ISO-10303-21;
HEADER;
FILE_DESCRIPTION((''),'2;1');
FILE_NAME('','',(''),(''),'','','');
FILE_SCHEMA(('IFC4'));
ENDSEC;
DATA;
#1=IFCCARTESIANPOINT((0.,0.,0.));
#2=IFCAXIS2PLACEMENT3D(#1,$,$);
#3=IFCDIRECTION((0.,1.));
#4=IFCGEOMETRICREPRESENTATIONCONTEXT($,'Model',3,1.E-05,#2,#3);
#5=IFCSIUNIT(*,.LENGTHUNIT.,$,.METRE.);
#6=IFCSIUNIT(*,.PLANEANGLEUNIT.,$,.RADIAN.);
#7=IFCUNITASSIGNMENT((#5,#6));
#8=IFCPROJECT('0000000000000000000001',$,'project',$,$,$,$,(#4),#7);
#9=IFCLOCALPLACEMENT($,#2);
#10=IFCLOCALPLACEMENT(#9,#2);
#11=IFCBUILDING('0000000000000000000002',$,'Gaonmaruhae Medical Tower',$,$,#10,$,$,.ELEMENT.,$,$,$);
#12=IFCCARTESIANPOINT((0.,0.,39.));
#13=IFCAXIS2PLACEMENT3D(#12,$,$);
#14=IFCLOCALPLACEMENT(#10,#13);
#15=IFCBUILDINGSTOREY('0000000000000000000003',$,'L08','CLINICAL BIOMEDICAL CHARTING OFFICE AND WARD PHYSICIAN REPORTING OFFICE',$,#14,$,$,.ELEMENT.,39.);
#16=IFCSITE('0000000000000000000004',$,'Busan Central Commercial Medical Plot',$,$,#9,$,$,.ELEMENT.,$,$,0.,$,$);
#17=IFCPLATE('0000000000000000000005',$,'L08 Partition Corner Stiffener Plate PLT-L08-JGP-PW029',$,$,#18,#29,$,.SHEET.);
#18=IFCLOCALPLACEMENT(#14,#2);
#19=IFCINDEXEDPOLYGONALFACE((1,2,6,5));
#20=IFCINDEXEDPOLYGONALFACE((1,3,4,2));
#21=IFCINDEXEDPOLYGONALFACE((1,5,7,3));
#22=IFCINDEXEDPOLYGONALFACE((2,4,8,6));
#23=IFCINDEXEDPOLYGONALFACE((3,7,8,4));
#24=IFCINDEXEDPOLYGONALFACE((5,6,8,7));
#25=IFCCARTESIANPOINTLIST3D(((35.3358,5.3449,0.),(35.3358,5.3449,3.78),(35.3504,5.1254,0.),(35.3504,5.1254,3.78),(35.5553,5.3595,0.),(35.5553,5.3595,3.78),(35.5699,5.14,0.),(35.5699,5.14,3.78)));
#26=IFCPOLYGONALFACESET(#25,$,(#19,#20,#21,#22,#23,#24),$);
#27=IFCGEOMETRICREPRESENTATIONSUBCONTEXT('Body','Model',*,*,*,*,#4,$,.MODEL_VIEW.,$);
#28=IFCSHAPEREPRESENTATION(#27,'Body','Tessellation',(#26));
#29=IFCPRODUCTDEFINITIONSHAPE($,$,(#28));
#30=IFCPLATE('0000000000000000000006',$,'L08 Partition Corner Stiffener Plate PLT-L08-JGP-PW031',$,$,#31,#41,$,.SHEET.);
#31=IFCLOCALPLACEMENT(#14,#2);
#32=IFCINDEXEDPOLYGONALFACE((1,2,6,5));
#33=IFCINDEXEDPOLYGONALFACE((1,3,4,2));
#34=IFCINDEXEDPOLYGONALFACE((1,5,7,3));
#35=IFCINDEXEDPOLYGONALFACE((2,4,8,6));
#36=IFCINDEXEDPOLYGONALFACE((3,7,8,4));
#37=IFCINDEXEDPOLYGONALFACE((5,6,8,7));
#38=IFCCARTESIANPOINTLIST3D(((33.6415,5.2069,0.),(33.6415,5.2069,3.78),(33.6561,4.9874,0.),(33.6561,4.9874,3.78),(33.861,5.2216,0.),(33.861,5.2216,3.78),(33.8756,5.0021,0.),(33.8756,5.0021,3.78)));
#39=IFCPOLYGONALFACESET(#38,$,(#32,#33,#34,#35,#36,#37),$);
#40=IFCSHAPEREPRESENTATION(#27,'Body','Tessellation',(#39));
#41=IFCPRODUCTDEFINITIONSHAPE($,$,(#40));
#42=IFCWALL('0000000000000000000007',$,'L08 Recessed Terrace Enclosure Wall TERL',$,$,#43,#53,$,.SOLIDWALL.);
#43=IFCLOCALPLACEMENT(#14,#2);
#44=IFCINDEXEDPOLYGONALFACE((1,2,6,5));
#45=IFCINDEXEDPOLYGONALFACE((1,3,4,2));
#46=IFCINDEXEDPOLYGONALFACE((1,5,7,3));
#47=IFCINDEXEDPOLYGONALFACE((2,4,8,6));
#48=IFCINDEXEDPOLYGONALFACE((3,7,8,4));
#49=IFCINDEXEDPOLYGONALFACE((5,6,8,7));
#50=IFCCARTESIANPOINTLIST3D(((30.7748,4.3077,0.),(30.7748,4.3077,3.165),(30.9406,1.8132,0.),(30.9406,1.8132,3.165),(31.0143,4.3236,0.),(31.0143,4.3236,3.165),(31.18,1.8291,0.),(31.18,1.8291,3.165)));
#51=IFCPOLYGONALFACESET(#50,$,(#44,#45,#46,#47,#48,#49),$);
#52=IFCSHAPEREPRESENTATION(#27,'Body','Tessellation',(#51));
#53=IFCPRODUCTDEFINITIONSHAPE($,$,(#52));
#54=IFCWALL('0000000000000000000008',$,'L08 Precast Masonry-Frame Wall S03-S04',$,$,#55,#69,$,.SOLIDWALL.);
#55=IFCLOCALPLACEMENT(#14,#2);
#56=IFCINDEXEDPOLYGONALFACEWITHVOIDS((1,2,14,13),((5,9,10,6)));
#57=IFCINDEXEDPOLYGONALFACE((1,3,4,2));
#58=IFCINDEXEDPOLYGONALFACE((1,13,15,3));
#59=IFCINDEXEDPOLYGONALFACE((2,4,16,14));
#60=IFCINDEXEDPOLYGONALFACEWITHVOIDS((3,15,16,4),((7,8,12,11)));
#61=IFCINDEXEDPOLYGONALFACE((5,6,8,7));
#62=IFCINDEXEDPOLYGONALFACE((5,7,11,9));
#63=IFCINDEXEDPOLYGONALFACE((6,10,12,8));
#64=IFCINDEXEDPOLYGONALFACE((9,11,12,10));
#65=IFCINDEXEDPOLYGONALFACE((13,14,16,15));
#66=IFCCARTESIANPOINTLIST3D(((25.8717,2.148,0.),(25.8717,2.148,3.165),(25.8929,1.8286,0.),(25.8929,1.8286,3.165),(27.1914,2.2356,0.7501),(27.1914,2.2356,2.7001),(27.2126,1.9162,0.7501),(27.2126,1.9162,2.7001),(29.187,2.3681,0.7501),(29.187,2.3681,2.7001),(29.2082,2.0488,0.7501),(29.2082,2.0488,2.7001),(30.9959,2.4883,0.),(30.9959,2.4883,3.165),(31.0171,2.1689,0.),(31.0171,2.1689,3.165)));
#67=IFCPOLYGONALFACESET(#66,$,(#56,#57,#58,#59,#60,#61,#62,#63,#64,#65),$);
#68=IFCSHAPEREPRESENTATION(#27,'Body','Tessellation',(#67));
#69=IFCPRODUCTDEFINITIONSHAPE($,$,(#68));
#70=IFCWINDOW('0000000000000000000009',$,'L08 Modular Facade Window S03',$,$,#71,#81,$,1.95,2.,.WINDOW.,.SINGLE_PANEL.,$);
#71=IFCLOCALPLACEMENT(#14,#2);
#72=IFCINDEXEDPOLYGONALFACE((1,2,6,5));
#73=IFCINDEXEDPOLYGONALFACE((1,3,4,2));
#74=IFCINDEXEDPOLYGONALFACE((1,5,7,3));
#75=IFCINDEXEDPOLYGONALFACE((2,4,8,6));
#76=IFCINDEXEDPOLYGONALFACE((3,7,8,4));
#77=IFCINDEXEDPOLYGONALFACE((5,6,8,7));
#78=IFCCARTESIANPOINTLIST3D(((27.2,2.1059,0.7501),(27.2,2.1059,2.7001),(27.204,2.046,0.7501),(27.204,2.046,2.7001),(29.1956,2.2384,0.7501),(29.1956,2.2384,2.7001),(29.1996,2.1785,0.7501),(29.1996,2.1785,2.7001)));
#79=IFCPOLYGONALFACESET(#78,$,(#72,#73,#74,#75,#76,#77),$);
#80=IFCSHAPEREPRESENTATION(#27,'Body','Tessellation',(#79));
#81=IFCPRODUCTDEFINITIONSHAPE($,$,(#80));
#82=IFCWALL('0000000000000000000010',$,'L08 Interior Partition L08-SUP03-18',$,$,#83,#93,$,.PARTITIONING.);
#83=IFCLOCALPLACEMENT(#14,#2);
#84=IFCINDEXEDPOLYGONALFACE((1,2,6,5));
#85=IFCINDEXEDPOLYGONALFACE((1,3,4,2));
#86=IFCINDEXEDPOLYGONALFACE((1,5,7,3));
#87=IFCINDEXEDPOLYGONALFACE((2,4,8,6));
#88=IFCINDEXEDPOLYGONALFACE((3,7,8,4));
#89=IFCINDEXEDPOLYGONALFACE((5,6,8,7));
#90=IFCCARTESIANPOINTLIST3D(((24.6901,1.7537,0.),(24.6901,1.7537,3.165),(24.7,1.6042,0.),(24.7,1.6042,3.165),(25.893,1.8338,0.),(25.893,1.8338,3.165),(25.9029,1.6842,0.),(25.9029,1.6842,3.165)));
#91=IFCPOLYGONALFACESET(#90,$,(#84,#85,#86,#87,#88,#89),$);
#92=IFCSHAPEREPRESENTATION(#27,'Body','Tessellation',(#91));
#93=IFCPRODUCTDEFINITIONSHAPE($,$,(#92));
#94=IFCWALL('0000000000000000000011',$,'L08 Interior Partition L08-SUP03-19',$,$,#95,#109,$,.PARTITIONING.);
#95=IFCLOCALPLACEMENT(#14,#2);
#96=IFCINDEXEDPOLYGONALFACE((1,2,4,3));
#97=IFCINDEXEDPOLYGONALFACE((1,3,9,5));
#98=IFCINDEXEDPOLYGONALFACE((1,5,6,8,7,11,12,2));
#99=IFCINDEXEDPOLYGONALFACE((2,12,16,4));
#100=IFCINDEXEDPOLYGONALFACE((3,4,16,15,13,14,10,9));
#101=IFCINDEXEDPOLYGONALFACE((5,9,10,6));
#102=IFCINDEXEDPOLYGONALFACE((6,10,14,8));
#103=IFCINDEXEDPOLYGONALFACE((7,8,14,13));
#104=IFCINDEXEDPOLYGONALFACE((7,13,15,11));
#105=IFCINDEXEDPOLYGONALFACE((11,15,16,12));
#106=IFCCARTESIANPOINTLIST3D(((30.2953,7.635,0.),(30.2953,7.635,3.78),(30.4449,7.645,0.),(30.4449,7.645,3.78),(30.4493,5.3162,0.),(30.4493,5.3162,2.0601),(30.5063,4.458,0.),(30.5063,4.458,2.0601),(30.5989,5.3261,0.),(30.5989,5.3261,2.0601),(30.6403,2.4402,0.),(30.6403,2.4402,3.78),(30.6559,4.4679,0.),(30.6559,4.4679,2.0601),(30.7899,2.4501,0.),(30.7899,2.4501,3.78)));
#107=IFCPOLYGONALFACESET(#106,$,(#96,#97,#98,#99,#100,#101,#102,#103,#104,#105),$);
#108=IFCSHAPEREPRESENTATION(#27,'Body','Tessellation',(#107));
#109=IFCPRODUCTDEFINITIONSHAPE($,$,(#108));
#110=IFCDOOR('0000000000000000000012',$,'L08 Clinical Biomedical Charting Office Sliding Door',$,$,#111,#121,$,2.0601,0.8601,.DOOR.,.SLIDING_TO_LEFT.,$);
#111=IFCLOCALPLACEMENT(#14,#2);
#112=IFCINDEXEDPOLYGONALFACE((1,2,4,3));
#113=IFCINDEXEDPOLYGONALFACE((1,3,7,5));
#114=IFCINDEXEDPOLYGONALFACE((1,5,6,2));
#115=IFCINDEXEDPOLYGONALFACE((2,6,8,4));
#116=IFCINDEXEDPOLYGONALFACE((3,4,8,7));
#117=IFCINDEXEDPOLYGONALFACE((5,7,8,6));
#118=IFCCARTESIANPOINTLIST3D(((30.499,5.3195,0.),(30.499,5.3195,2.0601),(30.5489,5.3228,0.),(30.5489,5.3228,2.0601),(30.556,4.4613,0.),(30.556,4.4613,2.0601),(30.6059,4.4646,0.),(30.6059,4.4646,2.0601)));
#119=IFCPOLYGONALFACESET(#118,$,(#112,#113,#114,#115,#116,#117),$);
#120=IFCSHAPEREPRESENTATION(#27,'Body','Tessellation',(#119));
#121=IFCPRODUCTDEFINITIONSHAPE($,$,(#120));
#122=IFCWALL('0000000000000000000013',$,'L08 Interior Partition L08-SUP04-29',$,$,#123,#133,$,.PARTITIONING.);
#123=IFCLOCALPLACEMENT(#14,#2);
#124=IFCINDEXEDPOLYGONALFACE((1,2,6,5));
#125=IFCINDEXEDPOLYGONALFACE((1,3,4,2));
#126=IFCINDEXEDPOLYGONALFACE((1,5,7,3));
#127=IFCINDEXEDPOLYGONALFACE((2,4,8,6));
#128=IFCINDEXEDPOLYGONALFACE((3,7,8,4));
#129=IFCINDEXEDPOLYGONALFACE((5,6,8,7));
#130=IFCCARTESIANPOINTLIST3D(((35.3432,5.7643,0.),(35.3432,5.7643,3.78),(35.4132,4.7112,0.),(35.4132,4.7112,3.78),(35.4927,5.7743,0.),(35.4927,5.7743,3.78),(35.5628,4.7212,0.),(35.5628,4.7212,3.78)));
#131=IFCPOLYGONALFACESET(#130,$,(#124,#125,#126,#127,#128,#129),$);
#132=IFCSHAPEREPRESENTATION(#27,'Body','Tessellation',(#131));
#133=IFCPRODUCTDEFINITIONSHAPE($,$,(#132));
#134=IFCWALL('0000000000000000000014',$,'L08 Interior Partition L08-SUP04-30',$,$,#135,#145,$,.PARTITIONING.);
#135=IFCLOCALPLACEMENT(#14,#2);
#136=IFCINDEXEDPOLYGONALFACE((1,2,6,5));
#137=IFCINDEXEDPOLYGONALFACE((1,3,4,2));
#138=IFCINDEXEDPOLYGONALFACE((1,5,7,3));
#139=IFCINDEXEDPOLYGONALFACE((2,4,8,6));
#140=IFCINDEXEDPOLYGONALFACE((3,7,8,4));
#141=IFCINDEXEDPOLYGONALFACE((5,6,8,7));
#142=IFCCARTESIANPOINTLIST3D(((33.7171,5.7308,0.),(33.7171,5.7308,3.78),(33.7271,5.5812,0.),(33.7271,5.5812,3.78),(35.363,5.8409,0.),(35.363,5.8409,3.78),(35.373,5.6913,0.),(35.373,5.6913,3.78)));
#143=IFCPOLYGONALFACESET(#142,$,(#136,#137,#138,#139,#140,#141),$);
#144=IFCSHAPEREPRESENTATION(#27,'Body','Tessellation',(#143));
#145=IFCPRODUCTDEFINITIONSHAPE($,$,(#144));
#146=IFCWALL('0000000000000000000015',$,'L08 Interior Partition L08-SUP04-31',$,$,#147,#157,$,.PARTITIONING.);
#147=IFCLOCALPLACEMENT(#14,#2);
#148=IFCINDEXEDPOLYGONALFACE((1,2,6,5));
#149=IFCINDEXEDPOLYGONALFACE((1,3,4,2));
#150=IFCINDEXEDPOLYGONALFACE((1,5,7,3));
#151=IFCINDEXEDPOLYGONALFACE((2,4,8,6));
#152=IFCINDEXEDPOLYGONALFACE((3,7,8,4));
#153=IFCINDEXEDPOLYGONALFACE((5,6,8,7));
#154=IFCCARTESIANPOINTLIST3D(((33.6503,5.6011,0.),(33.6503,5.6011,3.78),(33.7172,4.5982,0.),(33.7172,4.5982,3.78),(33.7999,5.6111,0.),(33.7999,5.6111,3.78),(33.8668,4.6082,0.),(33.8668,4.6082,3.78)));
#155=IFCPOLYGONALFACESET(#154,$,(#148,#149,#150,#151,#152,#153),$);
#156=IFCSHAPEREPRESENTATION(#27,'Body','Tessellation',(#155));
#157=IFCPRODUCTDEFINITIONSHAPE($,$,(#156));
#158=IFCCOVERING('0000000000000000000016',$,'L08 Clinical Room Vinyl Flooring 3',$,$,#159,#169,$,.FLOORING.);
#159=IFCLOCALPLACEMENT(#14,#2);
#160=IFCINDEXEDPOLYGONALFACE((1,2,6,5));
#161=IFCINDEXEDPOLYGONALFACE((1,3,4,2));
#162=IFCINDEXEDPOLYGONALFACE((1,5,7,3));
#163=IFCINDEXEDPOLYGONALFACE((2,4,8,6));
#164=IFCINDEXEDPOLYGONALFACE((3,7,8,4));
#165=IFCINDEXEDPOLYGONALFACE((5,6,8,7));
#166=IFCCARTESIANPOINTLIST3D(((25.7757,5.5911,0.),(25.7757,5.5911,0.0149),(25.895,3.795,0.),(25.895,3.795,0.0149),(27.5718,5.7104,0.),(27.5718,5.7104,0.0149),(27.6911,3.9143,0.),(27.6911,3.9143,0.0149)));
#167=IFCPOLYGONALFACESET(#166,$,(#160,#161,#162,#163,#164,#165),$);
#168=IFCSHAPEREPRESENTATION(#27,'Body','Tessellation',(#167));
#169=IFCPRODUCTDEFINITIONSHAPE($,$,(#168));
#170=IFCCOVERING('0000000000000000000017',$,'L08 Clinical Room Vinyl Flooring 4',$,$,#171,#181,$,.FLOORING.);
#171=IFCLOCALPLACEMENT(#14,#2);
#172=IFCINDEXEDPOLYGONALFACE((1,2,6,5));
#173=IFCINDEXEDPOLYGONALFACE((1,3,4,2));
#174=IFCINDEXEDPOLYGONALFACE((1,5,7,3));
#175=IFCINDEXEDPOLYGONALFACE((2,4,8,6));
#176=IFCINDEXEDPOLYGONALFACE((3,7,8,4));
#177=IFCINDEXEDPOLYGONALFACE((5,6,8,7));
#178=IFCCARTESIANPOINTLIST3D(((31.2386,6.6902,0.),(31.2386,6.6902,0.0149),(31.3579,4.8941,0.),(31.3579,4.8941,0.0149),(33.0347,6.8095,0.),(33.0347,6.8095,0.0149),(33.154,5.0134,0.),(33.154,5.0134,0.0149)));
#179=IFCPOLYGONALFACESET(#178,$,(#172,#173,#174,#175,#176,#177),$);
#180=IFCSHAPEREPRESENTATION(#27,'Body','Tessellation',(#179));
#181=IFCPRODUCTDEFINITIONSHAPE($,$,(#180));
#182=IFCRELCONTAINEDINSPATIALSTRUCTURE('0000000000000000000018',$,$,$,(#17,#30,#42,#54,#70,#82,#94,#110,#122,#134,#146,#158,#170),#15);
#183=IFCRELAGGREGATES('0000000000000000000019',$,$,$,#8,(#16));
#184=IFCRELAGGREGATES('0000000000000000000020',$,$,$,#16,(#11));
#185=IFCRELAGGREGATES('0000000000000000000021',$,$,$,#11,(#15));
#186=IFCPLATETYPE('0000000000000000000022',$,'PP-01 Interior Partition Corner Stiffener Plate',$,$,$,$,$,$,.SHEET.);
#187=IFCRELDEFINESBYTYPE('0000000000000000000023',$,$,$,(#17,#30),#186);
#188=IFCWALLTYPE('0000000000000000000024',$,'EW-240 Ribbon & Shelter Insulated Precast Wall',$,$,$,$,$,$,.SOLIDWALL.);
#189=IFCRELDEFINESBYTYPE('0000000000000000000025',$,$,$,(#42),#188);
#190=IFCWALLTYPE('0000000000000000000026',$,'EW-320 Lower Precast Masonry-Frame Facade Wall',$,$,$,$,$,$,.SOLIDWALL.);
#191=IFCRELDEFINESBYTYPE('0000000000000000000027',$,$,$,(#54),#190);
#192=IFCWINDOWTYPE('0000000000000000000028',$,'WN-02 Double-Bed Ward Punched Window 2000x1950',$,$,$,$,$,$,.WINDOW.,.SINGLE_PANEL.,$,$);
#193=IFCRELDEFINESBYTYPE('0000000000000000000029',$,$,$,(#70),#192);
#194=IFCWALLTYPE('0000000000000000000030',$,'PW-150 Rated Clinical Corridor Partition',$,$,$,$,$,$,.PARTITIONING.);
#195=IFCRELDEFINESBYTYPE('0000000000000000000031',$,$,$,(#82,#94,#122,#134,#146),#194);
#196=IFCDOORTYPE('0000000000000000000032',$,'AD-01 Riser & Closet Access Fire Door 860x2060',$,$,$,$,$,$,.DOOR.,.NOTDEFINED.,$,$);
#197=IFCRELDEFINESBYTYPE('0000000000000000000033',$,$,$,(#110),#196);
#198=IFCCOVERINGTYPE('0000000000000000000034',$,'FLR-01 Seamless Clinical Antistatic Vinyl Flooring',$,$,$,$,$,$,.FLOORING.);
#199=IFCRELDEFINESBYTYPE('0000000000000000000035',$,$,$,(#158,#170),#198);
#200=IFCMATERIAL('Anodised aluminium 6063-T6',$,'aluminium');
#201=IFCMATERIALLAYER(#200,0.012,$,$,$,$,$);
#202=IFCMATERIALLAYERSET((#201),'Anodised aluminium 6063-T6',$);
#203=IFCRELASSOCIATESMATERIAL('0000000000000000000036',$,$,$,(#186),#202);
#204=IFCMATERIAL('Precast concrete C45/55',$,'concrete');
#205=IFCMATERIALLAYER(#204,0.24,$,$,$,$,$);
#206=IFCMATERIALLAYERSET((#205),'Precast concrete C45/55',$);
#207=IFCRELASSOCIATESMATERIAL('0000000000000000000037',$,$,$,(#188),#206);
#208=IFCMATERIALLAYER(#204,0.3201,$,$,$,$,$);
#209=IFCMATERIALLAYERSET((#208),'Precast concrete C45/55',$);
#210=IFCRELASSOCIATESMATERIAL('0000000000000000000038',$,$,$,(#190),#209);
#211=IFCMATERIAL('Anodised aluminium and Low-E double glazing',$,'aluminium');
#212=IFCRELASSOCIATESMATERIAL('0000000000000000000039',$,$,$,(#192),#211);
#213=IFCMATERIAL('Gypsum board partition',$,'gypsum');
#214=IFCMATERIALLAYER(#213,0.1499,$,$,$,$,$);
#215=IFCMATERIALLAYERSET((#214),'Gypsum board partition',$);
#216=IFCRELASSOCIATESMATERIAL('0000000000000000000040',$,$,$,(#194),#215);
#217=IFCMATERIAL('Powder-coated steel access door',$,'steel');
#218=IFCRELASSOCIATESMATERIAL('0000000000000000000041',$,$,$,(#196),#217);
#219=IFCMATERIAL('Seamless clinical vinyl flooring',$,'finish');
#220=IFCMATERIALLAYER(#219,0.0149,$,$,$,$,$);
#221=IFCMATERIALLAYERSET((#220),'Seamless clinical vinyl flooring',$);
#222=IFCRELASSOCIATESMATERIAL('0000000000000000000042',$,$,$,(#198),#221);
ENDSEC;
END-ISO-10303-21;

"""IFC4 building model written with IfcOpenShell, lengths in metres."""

from ifc_helpers import new_model, si_unit, direction, frame, frame_2d, origin, origin_2d, place, context, subcontext, project, spatial, rectangle, extrude, material, layer, layer_set, type_object, element, fill, save


model = new_model("IFC4")

# Units and contexts
model_context = context("Model", 3, precision=1e-05, world=origin(), true_north=direction((0.0, 1.0)))
body_context = subcontext(model_context, "Body", "Model", "MODEL_VIEW")
ifc_project = project(units=[si_unit("LENGTHUNIT", "METRE"), si_unit("PLANEANGLEUNIT", "RADIAN")], contexts=[model_context])

# Site, building, storey
site_placement = place(None, origin())
site = spatial("IfcSite", under=ifc_project, at=site_placement, Name="Busan Central Commercial Medical Plot", CompositionType="ELEMENT", RefElevation=0.0)
building_placement = place(site_placement, origin())
building = spatial("IfcBuilding", under=site, at=building_placement, Name="Gaonmaruhae Medical Tower", CompositionType="ELEMENT")
storey_placement = place(building_placement, frame((0.0, 0.0, 39.0)))
storey = spatial("IfcBuildingStorey", under=building, at=storey_placement, Name="L08", Description="CLINICAL BIOMEDICAL CHARTING OFFICE AND WARD PHYSICIAN REPORTING OFFICE", CompositionType="ELEMENT", Elevation=39.0)

# Plates
ifc_material_1 = material(Name="Anodised aluminium 6063-T6", Category="aluminium")
ifc_layer_1 = layer(ifc_material_1, 0.012)
ifc_layer_set_1 = layer_set([ifc_layer_1], Name="Anodised aluminium 6063-T6")
plate_type = type_object("IfcPlateType", Name="PP-01 Interior Partition Corner Stiffener Plate", PredefinedType="SHEET", material=ifc_layer_set_1)
for number, where, z_axis, x_axis, name in (
    (1, (35.4529, 5.2424, 0.0), (0.0, 0.0, 1.0), (-0.066326, 0.997798, 0.0), "L08 Partition Corner Stiffener Plate PLT-L08-JGP-PW029"),
    (2, (33.7585, 5.1045, 0.0), (0.0, 0.0, 1.0), (0.066657, -0.997776, 0.0), "L08 Partition Corner Stiffener Plate PLT-L08-JGP-PW031"),
):
    element("IfcPlate", number, at=place(storey_placement, frame(where, z_axis=z_axis, x_axis=x_axis)), inside=storey, type_object=plate_type, Name=name, PredefinedType="SHEET", context=body_context, shape_type="SweptSolid", body=[
        extrude(rectangle(XDim=0.22, YDim=0.22, at=origin_2d()), origin(), (0.0, 0.0, 1.0), 3.78),
    ])

# Wall
ifc_material_2 = material(Name="Precast concrete C45/55", Category="concrete")
ifc_layer_2 = layer(ifc_material_2, 0.24)
ifc_layer_set_2 = layer_set([ifc_layer_2], Name="Precast concrete C45/55")
wall_type_1 = type_object("IfcWallType", Name="EW-240 Ribbon & Shelter Insulated Precast Wall", PredefinedType="SOLIDWALL", material=ifc_layer_set_2)
wall_1_placement = place(storey_placement, frame((30.8945, 4.3157, 0.0), z_axis=(0.0, 0.0, 1.0), x_axis=(0.066312, -0.997799, 0.0)))
element("IfcWall", 3, at=wall_1_placement, inside=storey, type_object=wall_type_1, Name="L08 Recessed Terrace Enclosure Wall TERL", PredefinedType="SOLIDWALL", context=body_context, shape_type="SweptSolid", body=[
    extrude(rectangle(XDim=2.5, YDim=0.24, at=frame_2d((1.25, 0.0))), origin(), (0.0, 0.0, 1.0), 3.165),
])

# Wall, opening, window
ifc_layer_3 = layer(ifc_material_2, 0.3201)
ifc_layer_set_3 = layer_set([ifc_layer_3], Name="Precast concrete C45/55")
wall_type_2 = type_object("IfcWallType", Name="EW-320 Lower Precast Masonry-Frame Facade Wall", PredefinedType="SOLIDWALL", material=ifc_layer_set_3)
wall_2_placement = place(storey_placement, frame((31.0066, 2.3286, 0.0), z_axis=(0.0, 0.0, 1.0), x_axis=(-0.997802, -0.06627, 0.0)))
wall_2 = element("IfcWall", 4, at=wall_2_placement, inside=storey, type_object=wall_type_2, Name="L08 Precast Masonry-Frame Wall S03-S04", PredefinedType="SOLIDWALL", context=body_context, shape_type="SweptSolid", body=[
    extrude(rectangle(XDim=5.1355, YDim=0.3201, at=frame_2d((2.5679, 0.0))), origin(), (0.0, 0.0, 1.0), 3.165),
])
opening_1_placement = place(wall_2_placement, frame((1.813, 0.0, 0.75)))
opening_1 = element("IfcOpeningElement", 5, at=opening_1_placement, cuts=wall_2, PredefinedType="OPENING", context=body_context, shape_type="SweptSolid", body=[
    extrude(rectangle(XDim=2.0, YDim=1.95, at=frame_2d((1.0, 0.9751))), frame((0.0, 0.1699, 0.0), z_axis=(0.0, -1.0, 0.0), x_axis=(1.0, 0.0, 0.0)), (0.0, 0.0, 1.0), 0.3401),
])
ifc_material_3 = material(Name="Anodised aluminium and Low-E double glazing", Category="aluminium")
window_type = type_object("IfcWindowType", Name="WN-02 Double-Bed Ward Punched Window 2000x1950", PartitioningType="SINGLE_PANEL", PredefinedType="WINDOW", material=ifc_material_3)
window_placement = place(opening_1_placement, origin())
window = element("IfcWindow", 6, at=window_placement, inside=storey, type_object=window_type, Name="L08 Modular Facade Window S03", OverallHeight=1.95, OverallWidth=2.0, PartitioningType="SINGLE_PANEL", PredefinedType="WINDOW", context=body_context, shape_type="SweptSolid", body=[
    extrude(rectangle(XDim=2.0, YDim=1.95, at=frame_2d((1.0, 0.9751))), frame((0.0, 0.03, 0.0), z_axis=(0.0, -1.0, 0.0), x_axis=(1.0, 0.0, 0.0)), (0.0, 0.0, 1.0), 0.0601),
])
fill(opening_1, window)

# Wall
ifc_material_4 = material(Name="Gypsum board partition", Category="gypsum")
ifc_layer_4 = layer(ifc_material_4, 0.1499)
ifc_layer_set_4 = layer_set([ifc_layer_4], Name="Gypsum board partition")
wall_type_3 = type_object("IfcWallType", Name="PW-150 Rated Clinical Corridor Partition", PredefinedType="PARTITIONING", material=ifc_layer_set_4)
wall_3_placement = place(storey_placement, frame((25.8979, 1.759, 0.0), z_axis=(0.0, 0.0, 1.0), x_axis=(-0.997791, -0.066425, 0.0)))
element("IfcWall", 7, at=wall_3_placement, inside=storey, type_object=wall_type_3, Name="L08 Interior Partition L08-SUP03-18", PredefinedType="PARTITIONING", context=body_context, shape_type="SweptSolid", body=[
    extrude(rectangle(XDim=1.2056, YDim=0.1499, at=frame_2d((0.6028, 0.0))), origin(), (0.0, 0.0, 1.0), 3.165),
])

# Wall, opening, door
wall_4_placement = place(storey_placement, frame((30.3701, 7.6399, 0.0), z_axis=(0.0, 0.0, 1.0), x_axis=(0.066261, -0.997802, 0.0)))
wall_4 = element("IfcWall", 8, at=wall_4_placement, inside=storey, type_object=wall_type_3, Name="L08 Interior Partition L08-SUP03-19", PredefinedType="PARTITIONING", context=body_context, shape_type="SweptSolid", body=[
    extrude(rectangle(XDim=5.2063, YDim=0.1499, at=frame_2d((2.603, 0.0))), origin(), (0.0, 0.0, 1.0), 3.78),
])
opening_2_placement = place(wall_4_placement, frame((2.3237, 0.0, 0.0)))
opening_2 = element("IfcOpeningElement", 9, at=opening_2_placement, cuts=wall_4, PredefinedType="OPENING", context=body_context, shape_type="SweptSolid", body=[
    extrude(rectangle(XDim=0.8601, YDim=2.0601, at=frame_2d((0.4302, 1.03))), frame((0.0, 0.085, 0.0), z_axis=(0.0, -1.0, 0.0), x_axis=(1.0, 0.0, 0.0)), (0.0, 0.0, 1.0), 0.1699),
])
ifc_material_5 = material(Name="Powder-coated steel access door", Category="steel")
door_type = type_object("IfcDoorType", Name="AD-01 Riser & Closet Access Fire Door 860x2060", OperationType="NOTDEFINED", PredefinedType="DOOR", material=ifc_material_5)
door_placement = place(opening_2_placement, origin())
door = element("IfcDoor", 10, at=door_placement, inside=storey, type_object=door_type, Name="L08 Clinical Biomedical Charting Office Sliding Door", OperationType="SLIDING_TO_LEFT", OverallHeight=2.0601, OverallWidth=0.8601, PredefinedType="DOOR", context=body_context, shape_type="SweptSolid", body=[
    extrude(rectangle(XDim=0.8601, YDim=2.0601, at=frame_2d((0.4302, 1.03))), frame((0.0, 0.0249, 0.0), z_axis=(0.0, -1.0, 0.0), x_axis=(1.0, 0.0, 0.0)), (0.0, 0.0, 1.0), 0.05),
])
fill(opening_2, door)

# Walls
wall_5_placement = place(storey_placement, frame((35.488, 4.7161, 0.0), z_axis=(0.0, 0.0, 1.0), x_axis=(-0.066396, 0.997793, 0.0)))
element("IfcWall", 11, at=wall_5_placement, inside=storey, type_object=wall_type_3, Name="L08 Interior Partition L08-SUP04-29", PredefinedType="PARTITIONING", context=body_context, shape_type="SweptSolid", body=[
    extrude(rectangle(XDim=1.0554, YDim=0.1499, at=frame_2d((0.5278, 0.0))), origin(), (0.0, 0.0, 1.0), 3.78),
])
wall_6_placement = place(storey_placement, frame((35.3679, 5.7661, 0.0), z_axis=(0.0, 0.0, 1.0), x_axis=(-0.99777, -0.066745, 0.0)))
element("IfcWall", 12, at=wall_6_placement, inside=storey, type_object=wall_type_3, Name="L08 Interior Partition L08-SUP04-30", PredefinedType="PARTITIONING", context=body_context, shape_type="SweptSolid", body=[
    extrude(rectangle(XDim=1.6497, YDim=0.1499, at=frame_2d((0.8247, 0.0))), origin(), (0.0, 0.0, 1.0), 3.78),
])
wall_7_placement = place(storey_placement, frame((33.7251, 5.606, 0.0), z_axis=(0.0, 0.0, 1.0), x_axis=(0.066551, -0.997783, 0.0)))
element("IfcWall", 13, at=wall_7_placement, inside=storey, type_object=wall_type_3, Name="L08 Interior Partition L08-SUP04-31", PredefinedType="PARTITIONING", context=body_context, shape_type="SweptSolid", body=[
    extrude(rectangle(XDim=1.0051, YDim=0.1499, at=frame_2d((0.5024, 0.0))), origin(), (0.0, 0.0, 1.0), 3.78),
])

# Coverings
ifc_material_6 = material(Name="Seamless clinical vinyl flooring", Category="finish")
ifc_layer_5 = layer(ifc_material_6, 0.0149)
ifc_layer_set_5 = layer_set([ifc_layer_5], Name="Seamless clinical vinyl flooring")
covering_type = type_object("IfcCoveringType", Name="FLR-01 Seamless Clinical Antistatic Vinyl Flooring", PredefinedType="FLOORING", material=ifc_layer_set_5)
for number, where, z_axis, x_axis, name in (
    (14, (26.7334, 4.7527, 0.0), (0.0, 0.0, 1.0), (0.997801, 0.066274, 0.0), "L08 Clinical Room Vinyl Flooring 3"),
    (15, (32.1963, 5.8518, 0.0), (0.0, 0.0, 1.0), (0.997801, 0.066274, 0.0), "L08 Clinical Room Vinyl Flooring 4"),
):
    element("IfcCovering", number, at=place(storey_placement, frame(where, z_axis=z_axis, x_axis=x_axis)), inside=storey, type_object=covering_type, Name=name, PredefinedType="FLOORING", context=body_context, shape_type="SweptSolid", body=[
        extrude(rectangle(XDim=1.8, YDim=1.8, at=origin_2d()), origin(), (0.0, 0.0, 1.0), 0.0149),
    ])

save(model, "model.ifc")
